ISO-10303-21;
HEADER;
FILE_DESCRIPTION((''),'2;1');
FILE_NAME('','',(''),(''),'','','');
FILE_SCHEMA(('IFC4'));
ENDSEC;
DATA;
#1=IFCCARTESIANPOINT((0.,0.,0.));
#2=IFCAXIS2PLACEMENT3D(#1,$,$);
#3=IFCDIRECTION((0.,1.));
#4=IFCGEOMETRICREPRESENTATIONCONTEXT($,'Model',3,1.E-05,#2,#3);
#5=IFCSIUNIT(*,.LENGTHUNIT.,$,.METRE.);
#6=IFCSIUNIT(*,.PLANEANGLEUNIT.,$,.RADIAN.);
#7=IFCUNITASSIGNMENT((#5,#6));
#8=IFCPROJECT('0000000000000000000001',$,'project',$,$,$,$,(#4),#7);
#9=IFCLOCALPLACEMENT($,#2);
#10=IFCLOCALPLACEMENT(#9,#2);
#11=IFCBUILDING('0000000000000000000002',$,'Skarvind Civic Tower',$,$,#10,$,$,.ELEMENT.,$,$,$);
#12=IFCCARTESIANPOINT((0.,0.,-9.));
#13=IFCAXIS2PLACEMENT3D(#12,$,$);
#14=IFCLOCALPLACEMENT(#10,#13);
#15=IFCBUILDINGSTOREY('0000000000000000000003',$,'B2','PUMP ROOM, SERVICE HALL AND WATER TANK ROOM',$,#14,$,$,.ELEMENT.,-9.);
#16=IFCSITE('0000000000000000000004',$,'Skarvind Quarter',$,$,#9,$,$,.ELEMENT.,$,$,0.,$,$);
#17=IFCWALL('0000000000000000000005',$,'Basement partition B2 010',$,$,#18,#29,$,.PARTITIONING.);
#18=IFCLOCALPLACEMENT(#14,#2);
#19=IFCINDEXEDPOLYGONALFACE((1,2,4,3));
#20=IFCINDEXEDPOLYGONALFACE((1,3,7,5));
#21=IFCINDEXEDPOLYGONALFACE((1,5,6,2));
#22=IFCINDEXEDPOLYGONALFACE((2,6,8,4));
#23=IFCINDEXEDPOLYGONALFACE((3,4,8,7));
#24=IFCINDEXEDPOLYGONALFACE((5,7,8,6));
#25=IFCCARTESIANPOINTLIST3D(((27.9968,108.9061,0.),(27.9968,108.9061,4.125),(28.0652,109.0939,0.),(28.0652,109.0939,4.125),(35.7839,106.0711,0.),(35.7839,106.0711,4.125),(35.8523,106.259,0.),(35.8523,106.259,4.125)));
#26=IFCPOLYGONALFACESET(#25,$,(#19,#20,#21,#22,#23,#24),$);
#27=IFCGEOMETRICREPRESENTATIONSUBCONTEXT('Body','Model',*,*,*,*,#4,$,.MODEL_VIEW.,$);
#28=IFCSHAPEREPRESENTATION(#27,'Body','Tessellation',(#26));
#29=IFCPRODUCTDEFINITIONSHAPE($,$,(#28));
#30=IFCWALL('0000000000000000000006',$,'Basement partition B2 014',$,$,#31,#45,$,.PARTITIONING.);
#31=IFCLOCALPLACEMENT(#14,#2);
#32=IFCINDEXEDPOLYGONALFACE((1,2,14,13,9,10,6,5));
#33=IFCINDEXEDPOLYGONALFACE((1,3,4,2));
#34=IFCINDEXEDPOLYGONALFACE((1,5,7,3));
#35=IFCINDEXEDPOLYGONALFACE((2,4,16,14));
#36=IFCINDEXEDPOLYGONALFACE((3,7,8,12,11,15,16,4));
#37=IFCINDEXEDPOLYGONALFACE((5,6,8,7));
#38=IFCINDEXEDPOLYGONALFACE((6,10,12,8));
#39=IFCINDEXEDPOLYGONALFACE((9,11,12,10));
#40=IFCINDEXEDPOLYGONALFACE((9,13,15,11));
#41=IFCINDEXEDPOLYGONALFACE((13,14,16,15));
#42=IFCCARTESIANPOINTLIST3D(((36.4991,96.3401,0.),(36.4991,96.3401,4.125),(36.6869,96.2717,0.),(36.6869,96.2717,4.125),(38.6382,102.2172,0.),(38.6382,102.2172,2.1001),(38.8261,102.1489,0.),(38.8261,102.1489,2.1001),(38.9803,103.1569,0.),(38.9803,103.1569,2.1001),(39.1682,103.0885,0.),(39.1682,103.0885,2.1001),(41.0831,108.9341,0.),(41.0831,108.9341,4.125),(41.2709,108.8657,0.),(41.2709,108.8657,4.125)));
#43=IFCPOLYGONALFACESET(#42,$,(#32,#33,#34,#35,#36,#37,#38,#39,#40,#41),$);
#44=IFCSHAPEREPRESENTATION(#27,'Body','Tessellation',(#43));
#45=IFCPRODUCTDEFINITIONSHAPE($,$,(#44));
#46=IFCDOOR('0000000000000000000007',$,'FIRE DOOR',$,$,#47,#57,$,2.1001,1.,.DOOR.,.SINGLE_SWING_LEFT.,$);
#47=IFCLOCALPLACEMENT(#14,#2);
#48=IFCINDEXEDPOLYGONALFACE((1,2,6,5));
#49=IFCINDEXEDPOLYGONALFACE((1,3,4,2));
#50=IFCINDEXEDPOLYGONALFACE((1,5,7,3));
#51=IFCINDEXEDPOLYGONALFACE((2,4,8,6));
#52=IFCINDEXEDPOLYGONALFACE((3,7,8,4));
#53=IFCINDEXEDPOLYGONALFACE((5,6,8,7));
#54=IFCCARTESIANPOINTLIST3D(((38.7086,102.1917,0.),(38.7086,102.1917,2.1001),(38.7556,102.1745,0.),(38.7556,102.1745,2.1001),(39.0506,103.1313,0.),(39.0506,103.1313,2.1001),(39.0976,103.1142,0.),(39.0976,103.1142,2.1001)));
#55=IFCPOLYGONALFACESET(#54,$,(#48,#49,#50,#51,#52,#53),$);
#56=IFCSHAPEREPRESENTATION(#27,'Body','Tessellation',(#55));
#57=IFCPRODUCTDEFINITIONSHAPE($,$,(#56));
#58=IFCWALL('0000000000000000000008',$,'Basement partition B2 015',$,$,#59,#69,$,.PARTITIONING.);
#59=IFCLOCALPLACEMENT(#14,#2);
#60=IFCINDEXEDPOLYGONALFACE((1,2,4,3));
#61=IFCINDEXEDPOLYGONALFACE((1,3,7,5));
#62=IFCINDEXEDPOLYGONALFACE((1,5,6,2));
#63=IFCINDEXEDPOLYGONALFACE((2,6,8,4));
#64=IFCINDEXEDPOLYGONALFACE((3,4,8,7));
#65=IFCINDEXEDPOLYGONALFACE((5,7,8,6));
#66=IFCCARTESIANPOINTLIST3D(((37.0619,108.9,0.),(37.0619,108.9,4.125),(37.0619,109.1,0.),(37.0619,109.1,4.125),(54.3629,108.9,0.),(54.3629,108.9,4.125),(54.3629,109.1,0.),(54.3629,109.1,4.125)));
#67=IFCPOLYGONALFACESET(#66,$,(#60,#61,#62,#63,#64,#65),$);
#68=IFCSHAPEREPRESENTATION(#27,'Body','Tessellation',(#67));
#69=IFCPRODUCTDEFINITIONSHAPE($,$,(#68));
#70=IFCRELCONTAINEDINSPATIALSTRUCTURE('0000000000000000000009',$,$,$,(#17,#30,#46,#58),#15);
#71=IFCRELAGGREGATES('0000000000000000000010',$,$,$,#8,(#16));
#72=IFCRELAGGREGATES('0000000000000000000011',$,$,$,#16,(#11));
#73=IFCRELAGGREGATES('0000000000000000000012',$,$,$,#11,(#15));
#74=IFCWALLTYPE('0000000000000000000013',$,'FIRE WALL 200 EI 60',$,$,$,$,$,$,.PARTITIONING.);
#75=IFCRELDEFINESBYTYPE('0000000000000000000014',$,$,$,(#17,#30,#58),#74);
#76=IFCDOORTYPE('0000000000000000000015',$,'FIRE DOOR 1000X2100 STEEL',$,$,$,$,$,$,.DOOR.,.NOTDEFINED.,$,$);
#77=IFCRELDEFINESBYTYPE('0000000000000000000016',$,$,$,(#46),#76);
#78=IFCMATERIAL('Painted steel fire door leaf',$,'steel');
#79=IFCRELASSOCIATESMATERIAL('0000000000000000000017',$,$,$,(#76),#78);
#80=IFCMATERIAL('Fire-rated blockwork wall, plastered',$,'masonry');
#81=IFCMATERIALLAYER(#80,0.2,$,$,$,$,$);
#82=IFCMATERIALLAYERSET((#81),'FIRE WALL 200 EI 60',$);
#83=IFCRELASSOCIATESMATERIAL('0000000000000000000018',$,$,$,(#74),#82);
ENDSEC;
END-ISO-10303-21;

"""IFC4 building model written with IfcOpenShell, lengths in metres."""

from ifc_helpers import new_model, si_unit, direction, frame, frame_2d, origin, place, context, subcontext, project, spatial, rectangle, extrude, material, layer, layer_set, type_object, element, fill, save


model = new_model("IFC4")

# Units and contexts
model_context = context("Model", 3, precision=1e-05, world=origin(), true_north=direction((0.0, 1.0)))
body_context = subcontext(model_context, "Body", "Model", "MODEL_VIEW")
ifc_project = project(units=[si_unit("LENGTHUNIT", "METRE"), si_unit("PLANEANGLEUNIT", "RADIAN")], contexts=[model_context])

# Site, building, storey
site_placement = place(None, origin())
site = spatial("IfcSite", under=ifc_project, at=site_placement, Name="Skarvind Quarter", CompositionType="ELEMENT", RefElevation=0.0)
building_placement = place(site_placement, origin())
building = spatial("IfcBuilding", under=site, at=building_placement, Name="Skarvind Civic Tower", CompositionType="ELEMENT")
storey_placement = place(building_placement, frame((0.0, 0.0, -9.0)))
storey = spatial("IfcBuildingStorey", under=building, at=storey_placement, Name="B2", Description="PUMP ROOM, SERVICE HALL AND WATER TANK ROOM", CompositionType="ELEMENT", Elevation=-9.0)

# Shared definitions
ifc_material_1 = material(Name="Fire-rated blockwork wall, plastered", Category="masonry")

# Shared definitions
ifc_material_2 = material(Name="Painted steel fire door leaf", Category="steel")
door_type = type_object("IfcDoorType", Name="FIRE DOOR 1000X2100 STEEL", OperationType="NOTDEFINED", PredefinedType="DOOR", material=ifc_material_2)

# Wall
ifc_layer_1 = layer(ifc_material_1, 0.2)
ifc_layer_set_1 = layer_set([ifc_layer_1], Name="FIRE WALL 200 EI 60")
wall_type_1 = type_object("IfcWallType", Name="FIRE WALL 200 EI 60", PredefinedType="PARTITIONING", material=ifc_layer_set_1)
wall_1_placement = place(storey_placement, frame((28.031, 109.0, 0.0), z_axis=(0.0, 0.0, 1.0), x_axis=(0.939666, -0.342093, 0.0)))
element("IfcWall", 1, at=wall_1_placement, inside=storey, type_object=wall_type_1, Name="Basement partition B2 010", PredefinedType="PARTITIONING", context=body_context, shape_type="SweptSolid", body=[
    extrude(rectangle(XDim=8.2871, YDim=0.2, at=frame_2d((4.1436, 0.0))), origin(), (0.0, 0.0, 1.0), 4.125),
])

# Wall, opening, door
wall_2_placement = place(storey_placement, frame((41.177, 108.8999, 0.0), z_axis=(0.0, 0.0, 1.0), x_axis=(-0.34203, -0.939689, 0.0)))
wall_2 = element("IfcWall", 2, at=wall_2_placement, inside=storey, type_object=wall_type_1, Name="Basement partition B2 014", PredefinedType="PARTITIONING", context=body_context, shape_type="SweptSolid", body=[
    extrude(rectangle(XDim=13.4023, YDim=0.2, at=frame_2d((6.7012, 0.0))), origin(), (0.0, 0.0, 1.0), 4.125),
])
opening_1_placement = place(wall_2_placement, frame((6.1479, 0.0, 0.0)))
opening_1 = element("IfcOpeningElement", 3, at=opening_1_placement, cuts=wall_2, PredefinedType="OPENING", context=body_context, shape_type="SweptSolid", body=[
    extrude(rectangle(XDim=1.0, YDim=2.1001, at=frame_2d((0.5, 1.05))), frame((0.0, 0.1099, 0.0), z_axis=(0.0, -1.0, 0.0), x_axis=(1.0, 0.0, 0.0)), (0.0, 0.0, 1.0), 0.22),
])
door_1_placement = place(opening_1_placement, origin())
door_1 = element("IfcDoor", 4, at=door_1_placement, inside=storey, type_object=door_type, Name="FIRE DOOR", OperationType="SINGLE_SWING_LEFT", OverallHeight=2.1001, OverallWidth=1.0, PredefinedType="DOOR", context=body_context, shape_type="SweptSolid", body=[
    extrude(rectangle(XDim=1.0, YDim=2.1001, at=frame_2d((0.5, 1.05))), frame((0.0, 0.0249, 0.0), z_axis=(0.0, -1.0, 0.0), x_axis=(1.0, 0.0, 0.0)), (0.0, 0.0, 1.0), 0.05),
])
fill(opening_1, door_1)

# Wall
wall_3_placement = place(storey_placement, frame((37.062, 109.0, 0.0), z_axis=(0.0, 0.0, 1.0), x_axis=(1.0, 0.0, 0.0)))
element("IfcWall", 5, at=wall_3_placement, inside=storey, type_object=wall_type_1, Name="Basement partition B2 015", PredefinedType="PARTITIONING", context=body_context, shape_type="SweptSolid", body=[
    extrude(rectangle(XDim=17.301, YDim=0.2, at=frame_2d((8.6504, 0.0))), origin(), (0.0, 0.0, 1.0), 4.125),
])

save(model, "model.ifc")
